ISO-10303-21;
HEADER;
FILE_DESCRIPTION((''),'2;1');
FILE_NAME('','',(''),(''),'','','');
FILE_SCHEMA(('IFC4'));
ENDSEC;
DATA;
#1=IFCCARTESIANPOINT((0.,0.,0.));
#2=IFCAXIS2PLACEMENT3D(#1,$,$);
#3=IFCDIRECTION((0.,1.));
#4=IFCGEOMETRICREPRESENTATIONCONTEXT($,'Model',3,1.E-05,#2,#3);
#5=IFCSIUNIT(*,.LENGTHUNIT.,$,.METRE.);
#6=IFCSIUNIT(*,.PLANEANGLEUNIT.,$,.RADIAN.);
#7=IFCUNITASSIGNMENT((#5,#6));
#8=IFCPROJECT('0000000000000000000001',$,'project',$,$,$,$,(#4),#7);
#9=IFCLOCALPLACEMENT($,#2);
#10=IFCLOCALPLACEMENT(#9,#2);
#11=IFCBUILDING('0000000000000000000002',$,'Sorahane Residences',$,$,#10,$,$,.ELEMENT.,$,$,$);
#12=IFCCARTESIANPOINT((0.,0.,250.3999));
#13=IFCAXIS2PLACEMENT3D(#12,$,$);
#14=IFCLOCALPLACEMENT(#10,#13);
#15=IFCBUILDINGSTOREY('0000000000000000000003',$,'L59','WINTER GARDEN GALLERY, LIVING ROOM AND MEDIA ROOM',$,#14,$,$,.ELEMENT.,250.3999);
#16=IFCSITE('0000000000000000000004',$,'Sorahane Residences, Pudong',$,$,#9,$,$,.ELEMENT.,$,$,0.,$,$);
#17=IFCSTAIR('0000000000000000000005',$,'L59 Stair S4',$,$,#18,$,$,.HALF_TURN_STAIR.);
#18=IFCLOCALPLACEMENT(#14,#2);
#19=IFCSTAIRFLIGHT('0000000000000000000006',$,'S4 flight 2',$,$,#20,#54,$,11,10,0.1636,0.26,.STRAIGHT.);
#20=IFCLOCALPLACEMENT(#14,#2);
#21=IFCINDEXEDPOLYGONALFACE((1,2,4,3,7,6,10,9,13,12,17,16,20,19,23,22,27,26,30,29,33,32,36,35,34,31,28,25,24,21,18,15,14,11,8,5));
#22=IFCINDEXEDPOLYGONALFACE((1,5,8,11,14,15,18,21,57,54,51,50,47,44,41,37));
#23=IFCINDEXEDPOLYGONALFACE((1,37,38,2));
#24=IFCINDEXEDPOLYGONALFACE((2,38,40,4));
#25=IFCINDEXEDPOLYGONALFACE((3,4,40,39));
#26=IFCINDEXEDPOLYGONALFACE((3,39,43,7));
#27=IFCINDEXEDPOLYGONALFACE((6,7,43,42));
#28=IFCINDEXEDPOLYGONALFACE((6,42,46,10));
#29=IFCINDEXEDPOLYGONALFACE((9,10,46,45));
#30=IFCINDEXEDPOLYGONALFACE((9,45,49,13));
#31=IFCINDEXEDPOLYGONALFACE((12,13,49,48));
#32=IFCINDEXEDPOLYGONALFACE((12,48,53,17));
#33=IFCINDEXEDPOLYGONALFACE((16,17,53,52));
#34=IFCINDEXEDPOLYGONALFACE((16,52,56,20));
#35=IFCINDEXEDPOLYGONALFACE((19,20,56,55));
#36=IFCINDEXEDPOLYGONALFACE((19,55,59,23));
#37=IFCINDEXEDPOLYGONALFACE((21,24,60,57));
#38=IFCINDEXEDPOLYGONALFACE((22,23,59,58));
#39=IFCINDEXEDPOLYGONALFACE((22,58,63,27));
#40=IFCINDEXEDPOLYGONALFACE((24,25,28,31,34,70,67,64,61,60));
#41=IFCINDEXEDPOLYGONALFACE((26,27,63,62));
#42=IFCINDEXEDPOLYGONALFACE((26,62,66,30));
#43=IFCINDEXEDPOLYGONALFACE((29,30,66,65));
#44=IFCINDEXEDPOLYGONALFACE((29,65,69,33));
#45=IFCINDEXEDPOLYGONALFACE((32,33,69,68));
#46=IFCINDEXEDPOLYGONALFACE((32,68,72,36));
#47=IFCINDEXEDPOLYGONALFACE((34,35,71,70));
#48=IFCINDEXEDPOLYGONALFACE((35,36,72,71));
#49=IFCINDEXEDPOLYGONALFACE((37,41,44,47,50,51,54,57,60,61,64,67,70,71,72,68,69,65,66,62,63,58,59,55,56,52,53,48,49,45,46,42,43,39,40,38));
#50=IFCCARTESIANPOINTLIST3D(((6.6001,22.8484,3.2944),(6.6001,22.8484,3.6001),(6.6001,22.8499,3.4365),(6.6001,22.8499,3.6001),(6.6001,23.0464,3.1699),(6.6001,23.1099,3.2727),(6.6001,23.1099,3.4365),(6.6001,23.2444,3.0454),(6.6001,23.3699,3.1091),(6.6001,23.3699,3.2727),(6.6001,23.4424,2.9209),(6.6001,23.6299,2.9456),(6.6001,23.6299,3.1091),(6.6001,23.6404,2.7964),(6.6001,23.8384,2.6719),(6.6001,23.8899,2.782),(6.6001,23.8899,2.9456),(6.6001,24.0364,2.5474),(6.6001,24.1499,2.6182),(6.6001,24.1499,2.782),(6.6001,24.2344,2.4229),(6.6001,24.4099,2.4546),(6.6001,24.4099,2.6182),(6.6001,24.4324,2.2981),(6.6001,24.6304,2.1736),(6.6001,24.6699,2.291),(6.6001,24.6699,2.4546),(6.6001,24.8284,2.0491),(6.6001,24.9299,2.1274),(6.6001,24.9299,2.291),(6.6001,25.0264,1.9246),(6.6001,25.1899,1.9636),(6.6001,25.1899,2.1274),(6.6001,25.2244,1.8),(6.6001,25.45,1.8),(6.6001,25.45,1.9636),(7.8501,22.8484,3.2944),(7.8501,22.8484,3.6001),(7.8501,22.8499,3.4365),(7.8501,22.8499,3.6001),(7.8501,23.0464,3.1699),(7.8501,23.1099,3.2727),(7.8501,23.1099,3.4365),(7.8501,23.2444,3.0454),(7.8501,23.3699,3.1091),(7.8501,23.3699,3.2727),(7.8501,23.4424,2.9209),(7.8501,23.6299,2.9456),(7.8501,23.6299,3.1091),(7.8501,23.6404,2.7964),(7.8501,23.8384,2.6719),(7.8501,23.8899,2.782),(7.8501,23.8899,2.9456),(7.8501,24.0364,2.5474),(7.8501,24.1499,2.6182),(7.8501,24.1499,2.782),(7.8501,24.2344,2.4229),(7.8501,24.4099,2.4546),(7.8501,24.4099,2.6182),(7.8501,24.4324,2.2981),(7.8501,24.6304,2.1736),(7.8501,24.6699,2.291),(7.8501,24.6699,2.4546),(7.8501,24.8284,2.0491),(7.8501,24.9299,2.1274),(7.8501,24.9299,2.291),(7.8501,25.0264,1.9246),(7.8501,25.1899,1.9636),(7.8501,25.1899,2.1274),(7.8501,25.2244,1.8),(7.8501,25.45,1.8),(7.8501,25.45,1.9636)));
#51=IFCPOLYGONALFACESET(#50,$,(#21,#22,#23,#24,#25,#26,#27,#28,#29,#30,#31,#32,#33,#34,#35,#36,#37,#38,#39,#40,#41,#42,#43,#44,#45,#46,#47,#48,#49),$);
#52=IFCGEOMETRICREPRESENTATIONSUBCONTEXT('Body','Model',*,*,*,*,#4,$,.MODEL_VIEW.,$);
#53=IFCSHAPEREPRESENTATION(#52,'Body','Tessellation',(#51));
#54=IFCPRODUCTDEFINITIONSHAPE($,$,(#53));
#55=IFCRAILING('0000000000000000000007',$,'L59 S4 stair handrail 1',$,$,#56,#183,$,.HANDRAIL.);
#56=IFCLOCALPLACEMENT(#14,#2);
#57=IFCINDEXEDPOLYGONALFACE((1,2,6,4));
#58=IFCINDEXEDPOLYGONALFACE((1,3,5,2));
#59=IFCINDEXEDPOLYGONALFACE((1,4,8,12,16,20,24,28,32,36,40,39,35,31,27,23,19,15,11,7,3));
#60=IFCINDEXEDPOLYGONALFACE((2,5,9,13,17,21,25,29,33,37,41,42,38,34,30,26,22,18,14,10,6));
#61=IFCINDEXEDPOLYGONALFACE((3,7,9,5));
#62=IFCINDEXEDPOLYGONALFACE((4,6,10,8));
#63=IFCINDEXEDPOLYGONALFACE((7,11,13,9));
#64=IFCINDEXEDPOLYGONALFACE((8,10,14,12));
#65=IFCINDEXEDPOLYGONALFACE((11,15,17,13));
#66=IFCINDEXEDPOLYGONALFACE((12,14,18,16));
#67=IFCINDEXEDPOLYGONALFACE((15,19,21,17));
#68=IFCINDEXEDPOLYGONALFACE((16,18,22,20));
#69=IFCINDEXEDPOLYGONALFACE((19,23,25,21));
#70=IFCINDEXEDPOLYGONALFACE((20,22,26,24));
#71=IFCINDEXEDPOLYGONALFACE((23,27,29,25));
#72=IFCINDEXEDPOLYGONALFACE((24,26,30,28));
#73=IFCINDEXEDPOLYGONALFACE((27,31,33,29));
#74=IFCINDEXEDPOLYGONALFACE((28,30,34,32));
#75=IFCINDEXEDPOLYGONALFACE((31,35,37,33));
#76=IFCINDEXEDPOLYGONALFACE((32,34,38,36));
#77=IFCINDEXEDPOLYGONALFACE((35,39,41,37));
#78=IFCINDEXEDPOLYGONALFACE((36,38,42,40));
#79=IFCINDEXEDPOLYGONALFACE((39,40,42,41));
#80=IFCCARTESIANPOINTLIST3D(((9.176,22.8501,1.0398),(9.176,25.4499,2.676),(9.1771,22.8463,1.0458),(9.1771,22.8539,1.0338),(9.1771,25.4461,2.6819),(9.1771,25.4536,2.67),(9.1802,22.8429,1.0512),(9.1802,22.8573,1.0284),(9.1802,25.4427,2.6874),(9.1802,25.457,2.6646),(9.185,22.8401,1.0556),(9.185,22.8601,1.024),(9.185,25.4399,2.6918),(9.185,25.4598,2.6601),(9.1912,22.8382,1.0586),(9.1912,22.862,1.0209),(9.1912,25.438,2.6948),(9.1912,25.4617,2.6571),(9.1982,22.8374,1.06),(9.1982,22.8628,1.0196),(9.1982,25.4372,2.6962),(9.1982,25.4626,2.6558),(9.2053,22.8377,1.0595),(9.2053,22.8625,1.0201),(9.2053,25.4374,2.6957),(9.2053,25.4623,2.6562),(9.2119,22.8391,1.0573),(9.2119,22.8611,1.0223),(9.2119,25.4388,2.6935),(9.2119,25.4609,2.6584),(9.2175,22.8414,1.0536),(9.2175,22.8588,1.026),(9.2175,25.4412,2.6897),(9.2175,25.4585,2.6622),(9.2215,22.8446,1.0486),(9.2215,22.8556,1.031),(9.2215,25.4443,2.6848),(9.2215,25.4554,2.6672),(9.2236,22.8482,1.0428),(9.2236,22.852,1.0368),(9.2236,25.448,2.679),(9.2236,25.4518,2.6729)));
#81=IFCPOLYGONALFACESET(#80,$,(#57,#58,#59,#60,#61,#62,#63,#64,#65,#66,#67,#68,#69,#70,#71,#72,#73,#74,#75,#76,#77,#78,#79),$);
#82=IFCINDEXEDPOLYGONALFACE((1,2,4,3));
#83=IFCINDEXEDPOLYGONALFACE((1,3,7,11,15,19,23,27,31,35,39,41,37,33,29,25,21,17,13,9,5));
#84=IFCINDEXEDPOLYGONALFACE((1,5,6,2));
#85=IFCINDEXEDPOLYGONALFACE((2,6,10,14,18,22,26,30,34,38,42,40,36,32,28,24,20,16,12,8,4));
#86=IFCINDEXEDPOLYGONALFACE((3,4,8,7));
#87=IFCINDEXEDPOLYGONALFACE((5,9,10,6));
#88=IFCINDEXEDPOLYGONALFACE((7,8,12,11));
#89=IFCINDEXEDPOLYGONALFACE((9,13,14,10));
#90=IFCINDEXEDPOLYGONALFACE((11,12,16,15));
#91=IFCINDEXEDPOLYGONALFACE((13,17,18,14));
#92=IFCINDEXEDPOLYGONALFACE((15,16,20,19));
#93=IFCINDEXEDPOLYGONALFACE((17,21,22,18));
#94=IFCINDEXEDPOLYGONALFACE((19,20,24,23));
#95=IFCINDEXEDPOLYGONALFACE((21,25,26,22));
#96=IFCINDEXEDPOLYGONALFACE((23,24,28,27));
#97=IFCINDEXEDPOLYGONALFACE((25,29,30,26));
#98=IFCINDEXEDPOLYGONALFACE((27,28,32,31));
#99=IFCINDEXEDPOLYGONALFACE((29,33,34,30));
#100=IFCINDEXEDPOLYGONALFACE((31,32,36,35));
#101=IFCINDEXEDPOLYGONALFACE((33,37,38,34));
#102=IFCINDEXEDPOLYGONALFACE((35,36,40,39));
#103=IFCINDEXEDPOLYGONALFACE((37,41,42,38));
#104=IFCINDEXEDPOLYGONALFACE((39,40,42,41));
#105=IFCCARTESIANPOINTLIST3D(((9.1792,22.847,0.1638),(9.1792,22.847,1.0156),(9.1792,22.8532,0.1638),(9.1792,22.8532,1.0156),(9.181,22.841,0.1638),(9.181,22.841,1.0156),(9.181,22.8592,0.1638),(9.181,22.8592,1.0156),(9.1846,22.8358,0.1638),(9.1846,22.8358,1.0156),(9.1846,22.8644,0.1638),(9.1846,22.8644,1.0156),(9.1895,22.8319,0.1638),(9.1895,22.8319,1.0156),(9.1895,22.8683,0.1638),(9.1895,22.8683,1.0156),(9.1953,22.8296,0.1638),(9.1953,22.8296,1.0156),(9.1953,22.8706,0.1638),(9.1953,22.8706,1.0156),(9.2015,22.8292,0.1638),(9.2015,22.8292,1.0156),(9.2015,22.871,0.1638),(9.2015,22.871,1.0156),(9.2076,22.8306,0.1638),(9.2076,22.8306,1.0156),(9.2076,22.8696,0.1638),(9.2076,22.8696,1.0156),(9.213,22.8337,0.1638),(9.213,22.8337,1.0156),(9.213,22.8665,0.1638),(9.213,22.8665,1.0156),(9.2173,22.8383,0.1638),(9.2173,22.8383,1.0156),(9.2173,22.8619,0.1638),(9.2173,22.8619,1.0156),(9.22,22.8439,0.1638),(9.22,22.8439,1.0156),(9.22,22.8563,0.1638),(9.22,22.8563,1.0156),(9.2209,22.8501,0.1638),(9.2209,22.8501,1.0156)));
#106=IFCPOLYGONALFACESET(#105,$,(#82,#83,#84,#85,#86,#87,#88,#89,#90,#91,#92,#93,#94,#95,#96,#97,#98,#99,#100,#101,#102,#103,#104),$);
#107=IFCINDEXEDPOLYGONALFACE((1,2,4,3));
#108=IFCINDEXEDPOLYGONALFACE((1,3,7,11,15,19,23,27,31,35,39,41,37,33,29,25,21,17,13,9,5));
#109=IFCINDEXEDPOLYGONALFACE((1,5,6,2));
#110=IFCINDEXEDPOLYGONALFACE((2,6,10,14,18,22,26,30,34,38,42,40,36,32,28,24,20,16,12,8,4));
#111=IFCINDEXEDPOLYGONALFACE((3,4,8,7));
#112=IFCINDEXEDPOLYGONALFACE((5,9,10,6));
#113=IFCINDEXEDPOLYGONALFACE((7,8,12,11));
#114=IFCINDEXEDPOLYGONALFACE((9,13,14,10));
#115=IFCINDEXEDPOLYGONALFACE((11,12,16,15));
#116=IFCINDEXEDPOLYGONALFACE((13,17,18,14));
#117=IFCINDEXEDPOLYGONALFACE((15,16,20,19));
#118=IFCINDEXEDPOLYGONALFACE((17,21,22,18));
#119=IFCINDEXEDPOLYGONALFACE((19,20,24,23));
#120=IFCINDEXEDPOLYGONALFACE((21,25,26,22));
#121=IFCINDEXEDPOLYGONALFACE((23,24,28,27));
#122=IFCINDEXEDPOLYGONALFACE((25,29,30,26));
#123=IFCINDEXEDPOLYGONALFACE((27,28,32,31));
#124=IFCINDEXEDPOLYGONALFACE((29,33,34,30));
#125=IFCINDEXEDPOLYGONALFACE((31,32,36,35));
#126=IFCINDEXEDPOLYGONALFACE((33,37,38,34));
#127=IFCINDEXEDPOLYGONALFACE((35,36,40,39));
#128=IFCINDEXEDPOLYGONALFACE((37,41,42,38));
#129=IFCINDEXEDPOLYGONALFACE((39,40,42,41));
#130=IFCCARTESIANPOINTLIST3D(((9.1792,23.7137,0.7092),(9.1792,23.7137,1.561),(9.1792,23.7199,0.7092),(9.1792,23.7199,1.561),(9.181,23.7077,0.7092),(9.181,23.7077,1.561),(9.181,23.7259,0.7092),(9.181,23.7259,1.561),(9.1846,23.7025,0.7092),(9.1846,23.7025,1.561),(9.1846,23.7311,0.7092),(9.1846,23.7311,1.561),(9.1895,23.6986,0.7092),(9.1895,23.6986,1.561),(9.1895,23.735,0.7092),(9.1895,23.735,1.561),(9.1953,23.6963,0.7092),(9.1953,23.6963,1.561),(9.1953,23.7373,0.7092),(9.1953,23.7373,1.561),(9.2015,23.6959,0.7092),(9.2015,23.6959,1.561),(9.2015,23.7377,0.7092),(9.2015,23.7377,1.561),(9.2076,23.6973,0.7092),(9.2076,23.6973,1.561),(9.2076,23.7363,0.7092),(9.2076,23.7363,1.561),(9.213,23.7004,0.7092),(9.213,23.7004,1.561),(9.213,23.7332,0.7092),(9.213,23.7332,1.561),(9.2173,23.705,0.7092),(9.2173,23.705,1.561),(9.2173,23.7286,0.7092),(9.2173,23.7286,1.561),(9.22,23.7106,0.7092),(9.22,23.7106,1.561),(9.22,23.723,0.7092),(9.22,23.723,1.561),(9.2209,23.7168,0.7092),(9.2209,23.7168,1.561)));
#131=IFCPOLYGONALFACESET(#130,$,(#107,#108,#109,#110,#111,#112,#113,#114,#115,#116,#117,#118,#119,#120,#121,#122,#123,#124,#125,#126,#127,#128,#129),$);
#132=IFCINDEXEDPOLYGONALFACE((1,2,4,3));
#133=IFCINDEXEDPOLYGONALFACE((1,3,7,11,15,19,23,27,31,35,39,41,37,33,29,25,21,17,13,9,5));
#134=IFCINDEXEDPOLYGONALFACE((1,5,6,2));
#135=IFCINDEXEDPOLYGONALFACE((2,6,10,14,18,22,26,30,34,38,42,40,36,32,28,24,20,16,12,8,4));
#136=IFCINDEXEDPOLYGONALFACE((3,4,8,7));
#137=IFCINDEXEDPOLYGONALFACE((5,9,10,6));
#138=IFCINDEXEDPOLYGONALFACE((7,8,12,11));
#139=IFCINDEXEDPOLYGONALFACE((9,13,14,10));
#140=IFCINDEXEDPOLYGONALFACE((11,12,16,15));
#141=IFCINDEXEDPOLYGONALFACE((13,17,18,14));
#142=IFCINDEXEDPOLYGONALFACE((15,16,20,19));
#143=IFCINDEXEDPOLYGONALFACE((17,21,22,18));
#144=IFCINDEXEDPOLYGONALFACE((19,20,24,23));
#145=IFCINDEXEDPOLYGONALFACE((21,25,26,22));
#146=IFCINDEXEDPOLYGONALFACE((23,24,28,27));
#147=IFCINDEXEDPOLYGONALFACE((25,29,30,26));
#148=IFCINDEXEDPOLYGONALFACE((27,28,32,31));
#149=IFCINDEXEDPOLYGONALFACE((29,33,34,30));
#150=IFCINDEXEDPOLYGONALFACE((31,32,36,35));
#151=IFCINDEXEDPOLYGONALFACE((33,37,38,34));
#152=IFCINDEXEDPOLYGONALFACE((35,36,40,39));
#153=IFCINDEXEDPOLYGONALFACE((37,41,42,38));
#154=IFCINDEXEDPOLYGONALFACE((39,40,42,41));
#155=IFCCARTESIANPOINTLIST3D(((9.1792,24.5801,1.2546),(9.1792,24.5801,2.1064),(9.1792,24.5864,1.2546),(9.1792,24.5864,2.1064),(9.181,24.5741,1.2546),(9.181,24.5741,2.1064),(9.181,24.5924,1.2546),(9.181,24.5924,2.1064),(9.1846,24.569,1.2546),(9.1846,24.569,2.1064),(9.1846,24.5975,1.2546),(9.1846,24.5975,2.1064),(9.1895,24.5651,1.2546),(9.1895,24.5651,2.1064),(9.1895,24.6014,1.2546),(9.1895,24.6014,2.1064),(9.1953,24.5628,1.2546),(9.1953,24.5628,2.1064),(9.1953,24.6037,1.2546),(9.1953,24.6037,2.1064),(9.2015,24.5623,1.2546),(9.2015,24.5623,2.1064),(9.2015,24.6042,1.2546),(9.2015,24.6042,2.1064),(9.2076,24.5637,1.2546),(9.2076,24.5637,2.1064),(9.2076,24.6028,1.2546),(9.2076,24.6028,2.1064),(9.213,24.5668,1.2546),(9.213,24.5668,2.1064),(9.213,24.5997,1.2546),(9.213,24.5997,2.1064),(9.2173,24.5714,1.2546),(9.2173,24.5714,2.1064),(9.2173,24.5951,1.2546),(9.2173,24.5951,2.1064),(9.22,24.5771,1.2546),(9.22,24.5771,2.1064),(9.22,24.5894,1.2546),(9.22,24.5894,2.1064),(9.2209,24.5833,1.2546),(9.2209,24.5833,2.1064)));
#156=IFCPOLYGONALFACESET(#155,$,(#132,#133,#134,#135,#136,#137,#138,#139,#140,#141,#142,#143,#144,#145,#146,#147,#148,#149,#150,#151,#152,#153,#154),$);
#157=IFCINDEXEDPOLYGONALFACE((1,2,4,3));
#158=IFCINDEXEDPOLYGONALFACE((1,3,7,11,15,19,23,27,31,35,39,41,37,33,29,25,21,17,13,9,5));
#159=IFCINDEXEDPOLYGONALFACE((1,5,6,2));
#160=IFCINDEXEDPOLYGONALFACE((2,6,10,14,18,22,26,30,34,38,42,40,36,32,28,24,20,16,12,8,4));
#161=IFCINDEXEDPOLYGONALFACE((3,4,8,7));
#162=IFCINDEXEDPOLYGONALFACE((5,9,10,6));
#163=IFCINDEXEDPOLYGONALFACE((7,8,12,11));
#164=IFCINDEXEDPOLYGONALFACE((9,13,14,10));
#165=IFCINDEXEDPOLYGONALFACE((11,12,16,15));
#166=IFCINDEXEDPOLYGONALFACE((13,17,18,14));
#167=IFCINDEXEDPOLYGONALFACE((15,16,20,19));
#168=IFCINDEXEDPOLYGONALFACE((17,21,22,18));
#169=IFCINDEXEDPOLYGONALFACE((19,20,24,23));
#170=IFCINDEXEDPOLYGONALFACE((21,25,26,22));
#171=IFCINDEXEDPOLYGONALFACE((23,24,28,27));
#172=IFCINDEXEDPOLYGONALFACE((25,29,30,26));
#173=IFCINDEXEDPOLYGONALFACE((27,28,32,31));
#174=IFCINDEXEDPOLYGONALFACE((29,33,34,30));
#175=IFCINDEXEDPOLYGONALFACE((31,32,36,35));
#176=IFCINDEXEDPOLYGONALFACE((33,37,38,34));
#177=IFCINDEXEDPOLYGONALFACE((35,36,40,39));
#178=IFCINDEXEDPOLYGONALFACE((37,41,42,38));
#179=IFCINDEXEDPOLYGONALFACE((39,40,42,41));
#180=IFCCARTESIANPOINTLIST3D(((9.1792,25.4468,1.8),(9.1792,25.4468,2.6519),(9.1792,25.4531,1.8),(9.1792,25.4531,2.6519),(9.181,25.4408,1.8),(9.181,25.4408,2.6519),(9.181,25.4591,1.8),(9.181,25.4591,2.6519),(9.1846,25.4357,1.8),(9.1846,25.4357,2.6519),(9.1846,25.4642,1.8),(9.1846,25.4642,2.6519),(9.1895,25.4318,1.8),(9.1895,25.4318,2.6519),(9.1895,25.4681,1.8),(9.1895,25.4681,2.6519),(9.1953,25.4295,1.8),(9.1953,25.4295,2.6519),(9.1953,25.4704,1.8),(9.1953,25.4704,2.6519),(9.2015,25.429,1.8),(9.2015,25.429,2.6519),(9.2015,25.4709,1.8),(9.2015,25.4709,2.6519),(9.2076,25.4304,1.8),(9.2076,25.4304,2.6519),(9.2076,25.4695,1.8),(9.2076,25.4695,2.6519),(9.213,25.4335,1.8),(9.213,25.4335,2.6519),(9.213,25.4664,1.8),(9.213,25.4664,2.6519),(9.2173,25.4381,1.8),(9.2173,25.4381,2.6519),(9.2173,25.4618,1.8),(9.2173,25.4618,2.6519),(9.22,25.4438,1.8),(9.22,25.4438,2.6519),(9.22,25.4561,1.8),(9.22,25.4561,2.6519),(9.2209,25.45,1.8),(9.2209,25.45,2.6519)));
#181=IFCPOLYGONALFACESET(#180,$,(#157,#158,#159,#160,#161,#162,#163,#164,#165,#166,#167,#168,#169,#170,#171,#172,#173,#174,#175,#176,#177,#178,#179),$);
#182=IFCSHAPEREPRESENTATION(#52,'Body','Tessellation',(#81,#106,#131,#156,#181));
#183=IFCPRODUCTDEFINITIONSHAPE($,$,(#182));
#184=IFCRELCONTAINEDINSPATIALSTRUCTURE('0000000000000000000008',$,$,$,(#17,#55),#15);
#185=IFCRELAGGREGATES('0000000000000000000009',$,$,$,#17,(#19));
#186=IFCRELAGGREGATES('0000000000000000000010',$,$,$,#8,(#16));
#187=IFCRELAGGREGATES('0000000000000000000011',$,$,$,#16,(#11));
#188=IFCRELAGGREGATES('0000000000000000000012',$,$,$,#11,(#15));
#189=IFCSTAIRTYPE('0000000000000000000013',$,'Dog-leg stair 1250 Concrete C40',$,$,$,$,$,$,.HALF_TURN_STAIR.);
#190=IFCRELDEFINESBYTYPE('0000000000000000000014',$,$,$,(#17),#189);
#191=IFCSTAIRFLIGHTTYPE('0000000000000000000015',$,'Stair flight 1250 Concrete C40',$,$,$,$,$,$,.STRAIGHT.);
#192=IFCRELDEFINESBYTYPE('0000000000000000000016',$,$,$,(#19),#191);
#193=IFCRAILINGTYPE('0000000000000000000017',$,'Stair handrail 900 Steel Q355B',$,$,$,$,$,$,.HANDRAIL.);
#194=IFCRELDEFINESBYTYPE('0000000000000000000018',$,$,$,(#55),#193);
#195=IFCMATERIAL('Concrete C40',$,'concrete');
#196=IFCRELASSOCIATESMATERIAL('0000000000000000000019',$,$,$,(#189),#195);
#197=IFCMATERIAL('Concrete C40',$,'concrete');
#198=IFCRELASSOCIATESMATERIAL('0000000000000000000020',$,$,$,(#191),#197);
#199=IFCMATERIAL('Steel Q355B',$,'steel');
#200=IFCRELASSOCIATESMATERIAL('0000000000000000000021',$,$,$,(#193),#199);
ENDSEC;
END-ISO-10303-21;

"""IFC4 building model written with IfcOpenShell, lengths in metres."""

from ifc_helpers import new_model, si_unit, direction, frame, origin, origin_2d, place, context, subcontext, project, spatial, polyline, circle, outline, extrude, material, type_object, element, aggregate, save


model = new_model("IFC4")

# Units and contexts
model_context = context("Model", 3, precision=1e-05, world=origin(), true_north=direction((0.0, 1.0)))
body_context = subcontext(model_context, "Body", "Model", "MODEL_VIEW")
ifc_project = project(units=[si_unit("LENGTHUNIT", "METRE"), si_unit("PLANEANGLEUNIT", "RADIAN")], contexts=[model_context])

# Site, building, storey
site_placement = place(None, origin())
site = spatial("IfcSite", under=ifc_project, at=site_placement, Name="Sorahane Residences, Pudong", CompositionType="ELEMENT", RefElevation=0.0)
building_placement = place(site_placement, origin())
building = spatial("IfcBuilding", under=site, at=building_placement, Name="Sorahane Residences", CompositionType="ELEMENT")
storey_placement = place(building_placement, frame((0.0, 0.0, 250.3999)))
storey = spatial("IfcBuildingStorey", under=building, at=storey_placement, Name="L59", Description="WINTER GARDEN GALLERY, LIVING ROOM AND MEDIA ROOM", CompositionType="ELEMENT", Elevation=250.3999)

# Stair, stair flight
ifc_material_1 = material(Name="Concrete C40", Category="concrete")
stair_type = type_object("IfcStairType", Name="Dog-leg stair 1250 Concrete C40", PredefinedType="HALF_TURN_STAIR", material=ifc_material_1)
stair_placement = place(storey_placement, origin())
stair = element("IfcStair", 1, at=stair_placement, inside=storey, type_object=stair_type, Name="L59 Stair S4", PredefinedType="HALF_TURN_STAIR")
ifc_material_2 = material(Name="Concrete C40", Category="concrete")
stair_flight_type = type_object("IfcStairFlightType", Name="Stair flight 1250 Concrete C40", PredefinedType="STRAIGHT", material=ifc_material_2)
stair_flight_1_placement = place(storey_placement, frame((7.2251, 25.45, 1.8), z_axis=(0.0, 0.0, 1.0), x_axis=(0.0, -1.0, 0.0)))
stair_flight_1 = element("IfcStairFlight", 2, at=stair_flight_1_placement, type_object=stair_flight_type, Name="S4 flight 2", NumberOfRisers=11, NumberOfTreads=10, PredefinedType="STRAIGHT", RiserHeight=0.1636, TreadLength=0.26, context=body_context, shape_type="SweptSolid", body=[
    extrude(outline(polyline([(0.0, 0.0), (0.0, 0.1636), (0.26, 0.1636), (0.26, 0.3274), (0.52, 0.3274), (0.52, 0.491), (0.78, 0.491), (0.78, 0.6545), (1.04, 0.6545), (1.04, 0.8181), (1.3, 0.8181), (1.3, 0.9819), (1.5601, 0.9819), (1.5601, 1.1455), (1.8201, 1.1455), (1.8201, 1.3091), (2.0801, 1.3091), (2.0801, 1.4727), (2.3401, 1.4727), (2.3401, 1.6365), (2.6001, 1.6365), (2.6001, 1.8), (2.6016, 1.8), (2.6016, 1.4944), (2.4036, 1.3699), (2.2056, 1.2454), (2.0076, 1.1208), (1.8096, 0.9963), (1.6116, 0.8718), (1.4136, 0.7473), (1.2156, 0.6228), (1.0176, 0.498), (0.8196, 0.3735), (0.6216, 0.249), (0.4236, 0.1245), (0.2256, 0.0), (0.0, 0.0)])), frame((0.0, 0.625, 0.0), z_axis=(0.0, -1.0, 0.0), x_axis=(1.0, 0.0, 0.0)), (0.0, 0.0, 1.0), 1.25),
])
aggregate(stair, [stair_flight_1])

# Railing
ifc_material_3 = material(Name="Steel Q355B", Category="steel")
railing_type_1 = type_object("IfcRailingType", Name="Stair handrail 900 Steel Q355B", PredefinedType="HANDRAIL", material=ifc_material_3)
railing_1_placement = place(storey_placement, frame((9.2, 22.8501, 0.1638)))
element("IfcRailing", 3, at=railing_1_placement, inside=storey, type_object=railing_type_1, Name="L59 S4 stair handrail 1", PredefinedType="HANDRAIL", context=body_context, shape_type="SweptSolid", body=[
    extrude(circle(Radius=0.0239, at=origin_2d()), frame((0.0, 0.0, 0.876), z_axis=(0.0, 0.846338, 0.532647), x_axis=(-1.0, 0.0, 0.0)), (0.0, 0.0, 1.0), 3.0718),
    extrude(circle(Radius=0.021, at=origin_2d()), origin(), (0.0, 0.0, 1.0), 0.8518),
    extrude(circle(Radius=0.021, at=origin_2d()), frame((0.0, 0.8667, 0.5454)), (0.0, 0.0, 1.0), 0.8518),
    extrude(circle(Radius=0.021, at=origin_2d()), frame((0.0, 1.7332, 1.0908)), (0.0, 0.0, 1.0), 0.8518),
    extrude(circle(Radius=0.021, at=origin_2d()), frame((0.0, 2.5999, 1.6362)), (0.0, 0.0, 1.0), 0.8518),
])

save(model, "model.ifc")
